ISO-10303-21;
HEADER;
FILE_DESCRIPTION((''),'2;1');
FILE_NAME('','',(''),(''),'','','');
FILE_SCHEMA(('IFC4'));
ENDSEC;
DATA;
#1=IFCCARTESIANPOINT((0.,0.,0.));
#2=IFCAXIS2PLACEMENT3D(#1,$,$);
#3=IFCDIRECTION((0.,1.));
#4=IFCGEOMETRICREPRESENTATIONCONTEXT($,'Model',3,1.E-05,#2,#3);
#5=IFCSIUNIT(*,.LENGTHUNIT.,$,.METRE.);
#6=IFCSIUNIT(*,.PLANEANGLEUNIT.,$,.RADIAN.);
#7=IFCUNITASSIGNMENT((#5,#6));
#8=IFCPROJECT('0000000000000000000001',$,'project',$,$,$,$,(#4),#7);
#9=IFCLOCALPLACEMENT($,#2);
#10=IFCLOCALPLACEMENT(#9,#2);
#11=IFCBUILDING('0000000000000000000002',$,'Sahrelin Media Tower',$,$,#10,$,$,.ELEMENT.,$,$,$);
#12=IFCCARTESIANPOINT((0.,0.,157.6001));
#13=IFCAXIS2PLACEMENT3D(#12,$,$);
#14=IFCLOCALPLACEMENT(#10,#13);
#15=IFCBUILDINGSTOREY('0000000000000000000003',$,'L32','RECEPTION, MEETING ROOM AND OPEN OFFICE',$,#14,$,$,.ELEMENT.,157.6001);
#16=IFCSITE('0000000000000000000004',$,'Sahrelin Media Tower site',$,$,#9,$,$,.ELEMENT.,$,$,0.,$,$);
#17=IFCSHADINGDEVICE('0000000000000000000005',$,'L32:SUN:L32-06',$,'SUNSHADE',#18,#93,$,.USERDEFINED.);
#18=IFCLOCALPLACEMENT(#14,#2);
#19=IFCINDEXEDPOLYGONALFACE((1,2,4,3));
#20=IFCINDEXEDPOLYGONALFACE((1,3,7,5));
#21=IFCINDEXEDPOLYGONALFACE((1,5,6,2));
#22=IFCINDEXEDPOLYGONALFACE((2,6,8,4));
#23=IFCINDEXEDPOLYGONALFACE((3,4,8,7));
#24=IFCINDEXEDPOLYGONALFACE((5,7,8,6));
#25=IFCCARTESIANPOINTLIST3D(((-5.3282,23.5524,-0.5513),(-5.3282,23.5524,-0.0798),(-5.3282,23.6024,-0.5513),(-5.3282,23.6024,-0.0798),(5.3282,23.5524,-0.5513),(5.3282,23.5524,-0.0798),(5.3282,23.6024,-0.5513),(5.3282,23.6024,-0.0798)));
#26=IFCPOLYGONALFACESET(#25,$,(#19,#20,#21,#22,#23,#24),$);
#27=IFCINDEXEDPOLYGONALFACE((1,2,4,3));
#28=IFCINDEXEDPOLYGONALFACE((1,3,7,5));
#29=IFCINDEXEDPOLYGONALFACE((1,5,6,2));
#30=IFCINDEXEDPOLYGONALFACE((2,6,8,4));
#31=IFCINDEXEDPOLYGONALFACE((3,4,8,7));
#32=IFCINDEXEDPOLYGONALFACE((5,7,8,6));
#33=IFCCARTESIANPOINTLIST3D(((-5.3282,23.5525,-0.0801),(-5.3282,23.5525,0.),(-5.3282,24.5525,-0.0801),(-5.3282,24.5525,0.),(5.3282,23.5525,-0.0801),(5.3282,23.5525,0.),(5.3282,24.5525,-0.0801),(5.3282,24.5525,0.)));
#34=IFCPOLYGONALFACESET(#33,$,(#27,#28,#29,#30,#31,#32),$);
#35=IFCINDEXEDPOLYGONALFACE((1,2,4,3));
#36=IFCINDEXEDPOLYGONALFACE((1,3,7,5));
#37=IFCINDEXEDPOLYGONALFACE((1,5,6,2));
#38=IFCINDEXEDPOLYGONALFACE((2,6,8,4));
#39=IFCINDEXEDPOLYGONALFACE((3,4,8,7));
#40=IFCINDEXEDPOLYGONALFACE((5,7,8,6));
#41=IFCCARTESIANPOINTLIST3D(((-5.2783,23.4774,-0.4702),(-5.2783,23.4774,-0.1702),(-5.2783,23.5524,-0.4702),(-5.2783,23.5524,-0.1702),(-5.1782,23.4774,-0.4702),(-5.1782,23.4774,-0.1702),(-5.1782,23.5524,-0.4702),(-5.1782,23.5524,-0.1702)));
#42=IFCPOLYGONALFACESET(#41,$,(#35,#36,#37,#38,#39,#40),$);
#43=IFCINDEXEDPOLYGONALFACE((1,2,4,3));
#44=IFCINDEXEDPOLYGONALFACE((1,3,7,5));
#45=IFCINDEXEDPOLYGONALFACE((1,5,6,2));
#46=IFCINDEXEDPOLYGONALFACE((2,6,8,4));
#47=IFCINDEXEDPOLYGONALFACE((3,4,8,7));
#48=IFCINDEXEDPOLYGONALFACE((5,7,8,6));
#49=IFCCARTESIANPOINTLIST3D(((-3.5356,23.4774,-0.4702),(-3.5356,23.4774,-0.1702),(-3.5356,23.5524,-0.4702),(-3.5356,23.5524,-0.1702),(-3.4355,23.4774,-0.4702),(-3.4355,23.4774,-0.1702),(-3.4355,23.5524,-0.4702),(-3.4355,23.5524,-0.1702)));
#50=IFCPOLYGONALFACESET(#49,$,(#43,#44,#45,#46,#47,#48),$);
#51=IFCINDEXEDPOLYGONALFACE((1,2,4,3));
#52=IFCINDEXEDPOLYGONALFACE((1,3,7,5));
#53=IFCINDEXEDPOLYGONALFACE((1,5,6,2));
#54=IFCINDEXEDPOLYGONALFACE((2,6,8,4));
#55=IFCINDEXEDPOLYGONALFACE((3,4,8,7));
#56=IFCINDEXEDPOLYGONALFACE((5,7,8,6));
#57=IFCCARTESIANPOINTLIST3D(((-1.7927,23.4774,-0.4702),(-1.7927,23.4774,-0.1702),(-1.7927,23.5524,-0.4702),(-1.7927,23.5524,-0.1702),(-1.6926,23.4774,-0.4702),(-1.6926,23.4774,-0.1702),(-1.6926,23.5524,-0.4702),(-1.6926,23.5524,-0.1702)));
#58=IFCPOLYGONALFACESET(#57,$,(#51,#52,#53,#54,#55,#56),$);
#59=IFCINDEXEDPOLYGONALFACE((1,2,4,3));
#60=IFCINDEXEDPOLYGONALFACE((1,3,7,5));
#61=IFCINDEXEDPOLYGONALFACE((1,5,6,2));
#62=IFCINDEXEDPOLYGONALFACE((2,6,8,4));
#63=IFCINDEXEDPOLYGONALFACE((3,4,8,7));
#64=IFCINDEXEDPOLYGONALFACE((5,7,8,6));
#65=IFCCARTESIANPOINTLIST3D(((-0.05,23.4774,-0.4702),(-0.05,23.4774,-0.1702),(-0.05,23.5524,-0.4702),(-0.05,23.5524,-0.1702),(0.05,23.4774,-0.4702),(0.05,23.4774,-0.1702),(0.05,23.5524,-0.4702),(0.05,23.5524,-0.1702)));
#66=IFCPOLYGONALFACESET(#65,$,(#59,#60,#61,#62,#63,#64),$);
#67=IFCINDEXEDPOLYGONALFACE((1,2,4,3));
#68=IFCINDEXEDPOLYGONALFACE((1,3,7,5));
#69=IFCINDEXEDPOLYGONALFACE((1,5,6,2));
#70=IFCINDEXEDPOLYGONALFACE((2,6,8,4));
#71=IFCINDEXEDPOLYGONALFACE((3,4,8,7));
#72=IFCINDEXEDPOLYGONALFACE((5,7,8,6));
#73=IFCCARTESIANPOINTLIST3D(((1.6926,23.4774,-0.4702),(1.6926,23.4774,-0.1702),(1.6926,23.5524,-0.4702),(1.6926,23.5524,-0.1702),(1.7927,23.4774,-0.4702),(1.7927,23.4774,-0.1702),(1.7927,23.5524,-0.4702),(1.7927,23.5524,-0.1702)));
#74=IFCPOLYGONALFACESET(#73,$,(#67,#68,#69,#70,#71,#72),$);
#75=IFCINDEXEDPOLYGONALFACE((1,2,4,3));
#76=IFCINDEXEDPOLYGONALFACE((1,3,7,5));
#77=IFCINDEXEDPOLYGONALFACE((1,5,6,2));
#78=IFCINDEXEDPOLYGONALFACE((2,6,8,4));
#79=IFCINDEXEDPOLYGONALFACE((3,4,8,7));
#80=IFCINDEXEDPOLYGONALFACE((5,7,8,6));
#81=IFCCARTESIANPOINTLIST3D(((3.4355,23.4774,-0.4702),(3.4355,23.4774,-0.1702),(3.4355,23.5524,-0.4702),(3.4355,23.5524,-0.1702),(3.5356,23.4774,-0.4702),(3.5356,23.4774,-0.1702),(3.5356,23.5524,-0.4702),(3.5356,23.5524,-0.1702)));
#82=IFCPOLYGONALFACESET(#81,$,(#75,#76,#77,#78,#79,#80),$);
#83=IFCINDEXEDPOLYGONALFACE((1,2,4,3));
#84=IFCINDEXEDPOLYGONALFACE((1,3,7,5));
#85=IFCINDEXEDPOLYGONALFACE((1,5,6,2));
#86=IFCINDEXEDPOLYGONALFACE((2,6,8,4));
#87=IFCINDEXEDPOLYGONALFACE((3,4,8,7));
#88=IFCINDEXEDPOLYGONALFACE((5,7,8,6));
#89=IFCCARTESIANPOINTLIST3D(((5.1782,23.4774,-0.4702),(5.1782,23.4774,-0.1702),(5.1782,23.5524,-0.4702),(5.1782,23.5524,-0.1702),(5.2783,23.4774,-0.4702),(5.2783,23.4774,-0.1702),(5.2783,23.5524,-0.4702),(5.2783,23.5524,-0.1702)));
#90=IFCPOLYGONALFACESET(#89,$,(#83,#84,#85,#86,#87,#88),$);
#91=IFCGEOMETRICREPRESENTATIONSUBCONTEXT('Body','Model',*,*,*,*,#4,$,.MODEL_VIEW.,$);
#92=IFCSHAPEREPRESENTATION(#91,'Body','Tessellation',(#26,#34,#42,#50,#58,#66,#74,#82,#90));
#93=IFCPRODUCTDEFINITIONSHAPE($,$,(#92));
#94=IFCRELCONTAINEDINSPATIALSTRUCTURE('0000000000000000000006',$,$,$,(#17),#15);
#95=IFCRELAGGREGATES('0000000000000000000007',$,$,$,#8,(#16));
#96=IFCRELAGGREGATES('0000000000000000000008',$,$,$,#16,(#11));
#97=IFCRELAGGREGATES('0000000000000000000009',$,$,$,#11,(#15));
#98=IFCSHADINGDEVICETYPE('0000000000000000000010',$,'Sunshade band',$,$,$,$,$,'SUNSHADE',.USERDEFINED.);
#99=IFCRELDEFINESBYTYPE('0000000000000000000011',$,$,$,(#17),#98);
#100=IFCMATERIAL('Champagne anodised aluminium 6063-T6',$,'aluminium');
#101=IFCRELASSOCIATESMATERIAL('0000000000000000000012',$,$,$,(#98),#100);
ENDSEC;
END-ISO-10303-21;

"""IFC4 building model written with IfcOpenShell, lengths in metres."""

from ifc_helpers import new_model, si_unit, direction, frame, origin, origin_2d, place, context, subcontext, project, spatial, rectangle, extrude, material, type_object, element, save


model = new_model("IFC4")

# Units and contexts
model_context = context("Model", 3, precision=1e-05, world=origin(), true_north=direction((0.0, 1.0)))
body_context = subcontext(model_context, "Body", "Model", "MODEL_VIEW")
ifc_project = project(units=[si_unit("LENGTHUNIT", "METRE"), si_unit("PLANEANGLEUNIT", "RADIAN")], contexts=[model_context])

# Site, building, storey
site_placement = place(None, origin())
site = spatial("IfcSite", under=ifc_project, at=site_placement, Name="Sahrelin Media Tower site", CompositionType="ELEMENT", RefElevation=0.0)
building_placement = place(site_placement, origin())
building = spatial("IfcBuilding", under=site, at=building_placement, Name="Sahrelin Media Tower", CompositionType="ELEMENT")
storey_placement = place(building_placement, frame((0.0, 0.0, 157.6001)))
storey = spatial("IfcBuildingStorey", under=building, at=storey_placement, Name="L32", Description="RECEPTION, MEETING ROOM AND OPEN OFFICE", CompositionType="ELEMENT", Elevation=157.6001)

# Shared definitions
ifc_material_1 = material(Name="Champagne anodised aluminium 6063-T6", Category="aluminium")
placement_1 = place(storey_placement, frame((0.0, 23.5325, 0.0), z_axis=(0.0, 0.0, 1.0), x_axis=(1.0, 0.0, 0.0)))

# Shading device
shading_device_type_1 = type_object("IfcShadingDeviceType", Name="Sunshade band", ElementType="SUNSHADE", PredefinedType="USERDEFINED", material=ifc_material_1)
element("IfcShadingDevice", 1, at=placement_1, inside=storey, type_object=shading_device_type_1, Name="L32:SUN:L32-06", ObjectType="SUNSHADE", PredefinedType="USERDEFINED", context=body_context, shape_type="SweptSolid", body=[
    extrude(rectangle(XDim=10.6565, YDim=0.05, at=origin_2d()), frame((0.0, 0.0449, -0.5513)), (0.0, 0.0, 1.0), 0.4714),
    extrude(rectangle(XDim=10.6565, YDim=1.0, at=origin_2d()), frame((0.0, 0.52, -0.0801)), (0.0, 0.0, 1.0), 0.0801),
    extrude(rectangle(XDim=0.1001, YDim=0.075, at=origin_2d()), frame((-5.2283, -0.0176, -0.4702)), (0.0, 0.0, 1.0), 0.3),
    extrude(rectangle(XDim=0.1001, YDim=0.075, at=origin_2d()), frame((-3.4856, -0.0176, -0.4702)), (0.0, 0.0, 1.0), 0.3),
    extrude(rectangle(XDim=0.1001, YDim=0.075, at=origin_2d()), frame((-1.7427, -0.0176, -0.4702)), (0.0, 0.0, 1.0), 0.3),
    extrude(rectangle(XDim=0.1001, YDim=0.075, at=origin_2d()), frame((0.0, -0.0176, -0.4702)), (0.0, 0.0, 1.0), 0.3),
    extrude(rectangle(XDim=0.1001, YDim=0.075, at=origin_2d()), frame((1.7427, -0.0176, -0.4702)), (0.0, 0.0, 1.0), 0.3),
    extrude(rectangle(XDim=0.1001, YDim=0.075, at=origin_2d()), frame((3.4856, -0.0176, -0.4702)), (0.0, 0.0, 1.0), 0.3),
    extrude(rectangle(XDim=0.1001, YDim=0.075, at=origin_2d()), frame((5.2283, -0.0176, -0.4702)), (0.0, 0.0, 1.0), 0.3),
])

save(model, "model.ifc")
